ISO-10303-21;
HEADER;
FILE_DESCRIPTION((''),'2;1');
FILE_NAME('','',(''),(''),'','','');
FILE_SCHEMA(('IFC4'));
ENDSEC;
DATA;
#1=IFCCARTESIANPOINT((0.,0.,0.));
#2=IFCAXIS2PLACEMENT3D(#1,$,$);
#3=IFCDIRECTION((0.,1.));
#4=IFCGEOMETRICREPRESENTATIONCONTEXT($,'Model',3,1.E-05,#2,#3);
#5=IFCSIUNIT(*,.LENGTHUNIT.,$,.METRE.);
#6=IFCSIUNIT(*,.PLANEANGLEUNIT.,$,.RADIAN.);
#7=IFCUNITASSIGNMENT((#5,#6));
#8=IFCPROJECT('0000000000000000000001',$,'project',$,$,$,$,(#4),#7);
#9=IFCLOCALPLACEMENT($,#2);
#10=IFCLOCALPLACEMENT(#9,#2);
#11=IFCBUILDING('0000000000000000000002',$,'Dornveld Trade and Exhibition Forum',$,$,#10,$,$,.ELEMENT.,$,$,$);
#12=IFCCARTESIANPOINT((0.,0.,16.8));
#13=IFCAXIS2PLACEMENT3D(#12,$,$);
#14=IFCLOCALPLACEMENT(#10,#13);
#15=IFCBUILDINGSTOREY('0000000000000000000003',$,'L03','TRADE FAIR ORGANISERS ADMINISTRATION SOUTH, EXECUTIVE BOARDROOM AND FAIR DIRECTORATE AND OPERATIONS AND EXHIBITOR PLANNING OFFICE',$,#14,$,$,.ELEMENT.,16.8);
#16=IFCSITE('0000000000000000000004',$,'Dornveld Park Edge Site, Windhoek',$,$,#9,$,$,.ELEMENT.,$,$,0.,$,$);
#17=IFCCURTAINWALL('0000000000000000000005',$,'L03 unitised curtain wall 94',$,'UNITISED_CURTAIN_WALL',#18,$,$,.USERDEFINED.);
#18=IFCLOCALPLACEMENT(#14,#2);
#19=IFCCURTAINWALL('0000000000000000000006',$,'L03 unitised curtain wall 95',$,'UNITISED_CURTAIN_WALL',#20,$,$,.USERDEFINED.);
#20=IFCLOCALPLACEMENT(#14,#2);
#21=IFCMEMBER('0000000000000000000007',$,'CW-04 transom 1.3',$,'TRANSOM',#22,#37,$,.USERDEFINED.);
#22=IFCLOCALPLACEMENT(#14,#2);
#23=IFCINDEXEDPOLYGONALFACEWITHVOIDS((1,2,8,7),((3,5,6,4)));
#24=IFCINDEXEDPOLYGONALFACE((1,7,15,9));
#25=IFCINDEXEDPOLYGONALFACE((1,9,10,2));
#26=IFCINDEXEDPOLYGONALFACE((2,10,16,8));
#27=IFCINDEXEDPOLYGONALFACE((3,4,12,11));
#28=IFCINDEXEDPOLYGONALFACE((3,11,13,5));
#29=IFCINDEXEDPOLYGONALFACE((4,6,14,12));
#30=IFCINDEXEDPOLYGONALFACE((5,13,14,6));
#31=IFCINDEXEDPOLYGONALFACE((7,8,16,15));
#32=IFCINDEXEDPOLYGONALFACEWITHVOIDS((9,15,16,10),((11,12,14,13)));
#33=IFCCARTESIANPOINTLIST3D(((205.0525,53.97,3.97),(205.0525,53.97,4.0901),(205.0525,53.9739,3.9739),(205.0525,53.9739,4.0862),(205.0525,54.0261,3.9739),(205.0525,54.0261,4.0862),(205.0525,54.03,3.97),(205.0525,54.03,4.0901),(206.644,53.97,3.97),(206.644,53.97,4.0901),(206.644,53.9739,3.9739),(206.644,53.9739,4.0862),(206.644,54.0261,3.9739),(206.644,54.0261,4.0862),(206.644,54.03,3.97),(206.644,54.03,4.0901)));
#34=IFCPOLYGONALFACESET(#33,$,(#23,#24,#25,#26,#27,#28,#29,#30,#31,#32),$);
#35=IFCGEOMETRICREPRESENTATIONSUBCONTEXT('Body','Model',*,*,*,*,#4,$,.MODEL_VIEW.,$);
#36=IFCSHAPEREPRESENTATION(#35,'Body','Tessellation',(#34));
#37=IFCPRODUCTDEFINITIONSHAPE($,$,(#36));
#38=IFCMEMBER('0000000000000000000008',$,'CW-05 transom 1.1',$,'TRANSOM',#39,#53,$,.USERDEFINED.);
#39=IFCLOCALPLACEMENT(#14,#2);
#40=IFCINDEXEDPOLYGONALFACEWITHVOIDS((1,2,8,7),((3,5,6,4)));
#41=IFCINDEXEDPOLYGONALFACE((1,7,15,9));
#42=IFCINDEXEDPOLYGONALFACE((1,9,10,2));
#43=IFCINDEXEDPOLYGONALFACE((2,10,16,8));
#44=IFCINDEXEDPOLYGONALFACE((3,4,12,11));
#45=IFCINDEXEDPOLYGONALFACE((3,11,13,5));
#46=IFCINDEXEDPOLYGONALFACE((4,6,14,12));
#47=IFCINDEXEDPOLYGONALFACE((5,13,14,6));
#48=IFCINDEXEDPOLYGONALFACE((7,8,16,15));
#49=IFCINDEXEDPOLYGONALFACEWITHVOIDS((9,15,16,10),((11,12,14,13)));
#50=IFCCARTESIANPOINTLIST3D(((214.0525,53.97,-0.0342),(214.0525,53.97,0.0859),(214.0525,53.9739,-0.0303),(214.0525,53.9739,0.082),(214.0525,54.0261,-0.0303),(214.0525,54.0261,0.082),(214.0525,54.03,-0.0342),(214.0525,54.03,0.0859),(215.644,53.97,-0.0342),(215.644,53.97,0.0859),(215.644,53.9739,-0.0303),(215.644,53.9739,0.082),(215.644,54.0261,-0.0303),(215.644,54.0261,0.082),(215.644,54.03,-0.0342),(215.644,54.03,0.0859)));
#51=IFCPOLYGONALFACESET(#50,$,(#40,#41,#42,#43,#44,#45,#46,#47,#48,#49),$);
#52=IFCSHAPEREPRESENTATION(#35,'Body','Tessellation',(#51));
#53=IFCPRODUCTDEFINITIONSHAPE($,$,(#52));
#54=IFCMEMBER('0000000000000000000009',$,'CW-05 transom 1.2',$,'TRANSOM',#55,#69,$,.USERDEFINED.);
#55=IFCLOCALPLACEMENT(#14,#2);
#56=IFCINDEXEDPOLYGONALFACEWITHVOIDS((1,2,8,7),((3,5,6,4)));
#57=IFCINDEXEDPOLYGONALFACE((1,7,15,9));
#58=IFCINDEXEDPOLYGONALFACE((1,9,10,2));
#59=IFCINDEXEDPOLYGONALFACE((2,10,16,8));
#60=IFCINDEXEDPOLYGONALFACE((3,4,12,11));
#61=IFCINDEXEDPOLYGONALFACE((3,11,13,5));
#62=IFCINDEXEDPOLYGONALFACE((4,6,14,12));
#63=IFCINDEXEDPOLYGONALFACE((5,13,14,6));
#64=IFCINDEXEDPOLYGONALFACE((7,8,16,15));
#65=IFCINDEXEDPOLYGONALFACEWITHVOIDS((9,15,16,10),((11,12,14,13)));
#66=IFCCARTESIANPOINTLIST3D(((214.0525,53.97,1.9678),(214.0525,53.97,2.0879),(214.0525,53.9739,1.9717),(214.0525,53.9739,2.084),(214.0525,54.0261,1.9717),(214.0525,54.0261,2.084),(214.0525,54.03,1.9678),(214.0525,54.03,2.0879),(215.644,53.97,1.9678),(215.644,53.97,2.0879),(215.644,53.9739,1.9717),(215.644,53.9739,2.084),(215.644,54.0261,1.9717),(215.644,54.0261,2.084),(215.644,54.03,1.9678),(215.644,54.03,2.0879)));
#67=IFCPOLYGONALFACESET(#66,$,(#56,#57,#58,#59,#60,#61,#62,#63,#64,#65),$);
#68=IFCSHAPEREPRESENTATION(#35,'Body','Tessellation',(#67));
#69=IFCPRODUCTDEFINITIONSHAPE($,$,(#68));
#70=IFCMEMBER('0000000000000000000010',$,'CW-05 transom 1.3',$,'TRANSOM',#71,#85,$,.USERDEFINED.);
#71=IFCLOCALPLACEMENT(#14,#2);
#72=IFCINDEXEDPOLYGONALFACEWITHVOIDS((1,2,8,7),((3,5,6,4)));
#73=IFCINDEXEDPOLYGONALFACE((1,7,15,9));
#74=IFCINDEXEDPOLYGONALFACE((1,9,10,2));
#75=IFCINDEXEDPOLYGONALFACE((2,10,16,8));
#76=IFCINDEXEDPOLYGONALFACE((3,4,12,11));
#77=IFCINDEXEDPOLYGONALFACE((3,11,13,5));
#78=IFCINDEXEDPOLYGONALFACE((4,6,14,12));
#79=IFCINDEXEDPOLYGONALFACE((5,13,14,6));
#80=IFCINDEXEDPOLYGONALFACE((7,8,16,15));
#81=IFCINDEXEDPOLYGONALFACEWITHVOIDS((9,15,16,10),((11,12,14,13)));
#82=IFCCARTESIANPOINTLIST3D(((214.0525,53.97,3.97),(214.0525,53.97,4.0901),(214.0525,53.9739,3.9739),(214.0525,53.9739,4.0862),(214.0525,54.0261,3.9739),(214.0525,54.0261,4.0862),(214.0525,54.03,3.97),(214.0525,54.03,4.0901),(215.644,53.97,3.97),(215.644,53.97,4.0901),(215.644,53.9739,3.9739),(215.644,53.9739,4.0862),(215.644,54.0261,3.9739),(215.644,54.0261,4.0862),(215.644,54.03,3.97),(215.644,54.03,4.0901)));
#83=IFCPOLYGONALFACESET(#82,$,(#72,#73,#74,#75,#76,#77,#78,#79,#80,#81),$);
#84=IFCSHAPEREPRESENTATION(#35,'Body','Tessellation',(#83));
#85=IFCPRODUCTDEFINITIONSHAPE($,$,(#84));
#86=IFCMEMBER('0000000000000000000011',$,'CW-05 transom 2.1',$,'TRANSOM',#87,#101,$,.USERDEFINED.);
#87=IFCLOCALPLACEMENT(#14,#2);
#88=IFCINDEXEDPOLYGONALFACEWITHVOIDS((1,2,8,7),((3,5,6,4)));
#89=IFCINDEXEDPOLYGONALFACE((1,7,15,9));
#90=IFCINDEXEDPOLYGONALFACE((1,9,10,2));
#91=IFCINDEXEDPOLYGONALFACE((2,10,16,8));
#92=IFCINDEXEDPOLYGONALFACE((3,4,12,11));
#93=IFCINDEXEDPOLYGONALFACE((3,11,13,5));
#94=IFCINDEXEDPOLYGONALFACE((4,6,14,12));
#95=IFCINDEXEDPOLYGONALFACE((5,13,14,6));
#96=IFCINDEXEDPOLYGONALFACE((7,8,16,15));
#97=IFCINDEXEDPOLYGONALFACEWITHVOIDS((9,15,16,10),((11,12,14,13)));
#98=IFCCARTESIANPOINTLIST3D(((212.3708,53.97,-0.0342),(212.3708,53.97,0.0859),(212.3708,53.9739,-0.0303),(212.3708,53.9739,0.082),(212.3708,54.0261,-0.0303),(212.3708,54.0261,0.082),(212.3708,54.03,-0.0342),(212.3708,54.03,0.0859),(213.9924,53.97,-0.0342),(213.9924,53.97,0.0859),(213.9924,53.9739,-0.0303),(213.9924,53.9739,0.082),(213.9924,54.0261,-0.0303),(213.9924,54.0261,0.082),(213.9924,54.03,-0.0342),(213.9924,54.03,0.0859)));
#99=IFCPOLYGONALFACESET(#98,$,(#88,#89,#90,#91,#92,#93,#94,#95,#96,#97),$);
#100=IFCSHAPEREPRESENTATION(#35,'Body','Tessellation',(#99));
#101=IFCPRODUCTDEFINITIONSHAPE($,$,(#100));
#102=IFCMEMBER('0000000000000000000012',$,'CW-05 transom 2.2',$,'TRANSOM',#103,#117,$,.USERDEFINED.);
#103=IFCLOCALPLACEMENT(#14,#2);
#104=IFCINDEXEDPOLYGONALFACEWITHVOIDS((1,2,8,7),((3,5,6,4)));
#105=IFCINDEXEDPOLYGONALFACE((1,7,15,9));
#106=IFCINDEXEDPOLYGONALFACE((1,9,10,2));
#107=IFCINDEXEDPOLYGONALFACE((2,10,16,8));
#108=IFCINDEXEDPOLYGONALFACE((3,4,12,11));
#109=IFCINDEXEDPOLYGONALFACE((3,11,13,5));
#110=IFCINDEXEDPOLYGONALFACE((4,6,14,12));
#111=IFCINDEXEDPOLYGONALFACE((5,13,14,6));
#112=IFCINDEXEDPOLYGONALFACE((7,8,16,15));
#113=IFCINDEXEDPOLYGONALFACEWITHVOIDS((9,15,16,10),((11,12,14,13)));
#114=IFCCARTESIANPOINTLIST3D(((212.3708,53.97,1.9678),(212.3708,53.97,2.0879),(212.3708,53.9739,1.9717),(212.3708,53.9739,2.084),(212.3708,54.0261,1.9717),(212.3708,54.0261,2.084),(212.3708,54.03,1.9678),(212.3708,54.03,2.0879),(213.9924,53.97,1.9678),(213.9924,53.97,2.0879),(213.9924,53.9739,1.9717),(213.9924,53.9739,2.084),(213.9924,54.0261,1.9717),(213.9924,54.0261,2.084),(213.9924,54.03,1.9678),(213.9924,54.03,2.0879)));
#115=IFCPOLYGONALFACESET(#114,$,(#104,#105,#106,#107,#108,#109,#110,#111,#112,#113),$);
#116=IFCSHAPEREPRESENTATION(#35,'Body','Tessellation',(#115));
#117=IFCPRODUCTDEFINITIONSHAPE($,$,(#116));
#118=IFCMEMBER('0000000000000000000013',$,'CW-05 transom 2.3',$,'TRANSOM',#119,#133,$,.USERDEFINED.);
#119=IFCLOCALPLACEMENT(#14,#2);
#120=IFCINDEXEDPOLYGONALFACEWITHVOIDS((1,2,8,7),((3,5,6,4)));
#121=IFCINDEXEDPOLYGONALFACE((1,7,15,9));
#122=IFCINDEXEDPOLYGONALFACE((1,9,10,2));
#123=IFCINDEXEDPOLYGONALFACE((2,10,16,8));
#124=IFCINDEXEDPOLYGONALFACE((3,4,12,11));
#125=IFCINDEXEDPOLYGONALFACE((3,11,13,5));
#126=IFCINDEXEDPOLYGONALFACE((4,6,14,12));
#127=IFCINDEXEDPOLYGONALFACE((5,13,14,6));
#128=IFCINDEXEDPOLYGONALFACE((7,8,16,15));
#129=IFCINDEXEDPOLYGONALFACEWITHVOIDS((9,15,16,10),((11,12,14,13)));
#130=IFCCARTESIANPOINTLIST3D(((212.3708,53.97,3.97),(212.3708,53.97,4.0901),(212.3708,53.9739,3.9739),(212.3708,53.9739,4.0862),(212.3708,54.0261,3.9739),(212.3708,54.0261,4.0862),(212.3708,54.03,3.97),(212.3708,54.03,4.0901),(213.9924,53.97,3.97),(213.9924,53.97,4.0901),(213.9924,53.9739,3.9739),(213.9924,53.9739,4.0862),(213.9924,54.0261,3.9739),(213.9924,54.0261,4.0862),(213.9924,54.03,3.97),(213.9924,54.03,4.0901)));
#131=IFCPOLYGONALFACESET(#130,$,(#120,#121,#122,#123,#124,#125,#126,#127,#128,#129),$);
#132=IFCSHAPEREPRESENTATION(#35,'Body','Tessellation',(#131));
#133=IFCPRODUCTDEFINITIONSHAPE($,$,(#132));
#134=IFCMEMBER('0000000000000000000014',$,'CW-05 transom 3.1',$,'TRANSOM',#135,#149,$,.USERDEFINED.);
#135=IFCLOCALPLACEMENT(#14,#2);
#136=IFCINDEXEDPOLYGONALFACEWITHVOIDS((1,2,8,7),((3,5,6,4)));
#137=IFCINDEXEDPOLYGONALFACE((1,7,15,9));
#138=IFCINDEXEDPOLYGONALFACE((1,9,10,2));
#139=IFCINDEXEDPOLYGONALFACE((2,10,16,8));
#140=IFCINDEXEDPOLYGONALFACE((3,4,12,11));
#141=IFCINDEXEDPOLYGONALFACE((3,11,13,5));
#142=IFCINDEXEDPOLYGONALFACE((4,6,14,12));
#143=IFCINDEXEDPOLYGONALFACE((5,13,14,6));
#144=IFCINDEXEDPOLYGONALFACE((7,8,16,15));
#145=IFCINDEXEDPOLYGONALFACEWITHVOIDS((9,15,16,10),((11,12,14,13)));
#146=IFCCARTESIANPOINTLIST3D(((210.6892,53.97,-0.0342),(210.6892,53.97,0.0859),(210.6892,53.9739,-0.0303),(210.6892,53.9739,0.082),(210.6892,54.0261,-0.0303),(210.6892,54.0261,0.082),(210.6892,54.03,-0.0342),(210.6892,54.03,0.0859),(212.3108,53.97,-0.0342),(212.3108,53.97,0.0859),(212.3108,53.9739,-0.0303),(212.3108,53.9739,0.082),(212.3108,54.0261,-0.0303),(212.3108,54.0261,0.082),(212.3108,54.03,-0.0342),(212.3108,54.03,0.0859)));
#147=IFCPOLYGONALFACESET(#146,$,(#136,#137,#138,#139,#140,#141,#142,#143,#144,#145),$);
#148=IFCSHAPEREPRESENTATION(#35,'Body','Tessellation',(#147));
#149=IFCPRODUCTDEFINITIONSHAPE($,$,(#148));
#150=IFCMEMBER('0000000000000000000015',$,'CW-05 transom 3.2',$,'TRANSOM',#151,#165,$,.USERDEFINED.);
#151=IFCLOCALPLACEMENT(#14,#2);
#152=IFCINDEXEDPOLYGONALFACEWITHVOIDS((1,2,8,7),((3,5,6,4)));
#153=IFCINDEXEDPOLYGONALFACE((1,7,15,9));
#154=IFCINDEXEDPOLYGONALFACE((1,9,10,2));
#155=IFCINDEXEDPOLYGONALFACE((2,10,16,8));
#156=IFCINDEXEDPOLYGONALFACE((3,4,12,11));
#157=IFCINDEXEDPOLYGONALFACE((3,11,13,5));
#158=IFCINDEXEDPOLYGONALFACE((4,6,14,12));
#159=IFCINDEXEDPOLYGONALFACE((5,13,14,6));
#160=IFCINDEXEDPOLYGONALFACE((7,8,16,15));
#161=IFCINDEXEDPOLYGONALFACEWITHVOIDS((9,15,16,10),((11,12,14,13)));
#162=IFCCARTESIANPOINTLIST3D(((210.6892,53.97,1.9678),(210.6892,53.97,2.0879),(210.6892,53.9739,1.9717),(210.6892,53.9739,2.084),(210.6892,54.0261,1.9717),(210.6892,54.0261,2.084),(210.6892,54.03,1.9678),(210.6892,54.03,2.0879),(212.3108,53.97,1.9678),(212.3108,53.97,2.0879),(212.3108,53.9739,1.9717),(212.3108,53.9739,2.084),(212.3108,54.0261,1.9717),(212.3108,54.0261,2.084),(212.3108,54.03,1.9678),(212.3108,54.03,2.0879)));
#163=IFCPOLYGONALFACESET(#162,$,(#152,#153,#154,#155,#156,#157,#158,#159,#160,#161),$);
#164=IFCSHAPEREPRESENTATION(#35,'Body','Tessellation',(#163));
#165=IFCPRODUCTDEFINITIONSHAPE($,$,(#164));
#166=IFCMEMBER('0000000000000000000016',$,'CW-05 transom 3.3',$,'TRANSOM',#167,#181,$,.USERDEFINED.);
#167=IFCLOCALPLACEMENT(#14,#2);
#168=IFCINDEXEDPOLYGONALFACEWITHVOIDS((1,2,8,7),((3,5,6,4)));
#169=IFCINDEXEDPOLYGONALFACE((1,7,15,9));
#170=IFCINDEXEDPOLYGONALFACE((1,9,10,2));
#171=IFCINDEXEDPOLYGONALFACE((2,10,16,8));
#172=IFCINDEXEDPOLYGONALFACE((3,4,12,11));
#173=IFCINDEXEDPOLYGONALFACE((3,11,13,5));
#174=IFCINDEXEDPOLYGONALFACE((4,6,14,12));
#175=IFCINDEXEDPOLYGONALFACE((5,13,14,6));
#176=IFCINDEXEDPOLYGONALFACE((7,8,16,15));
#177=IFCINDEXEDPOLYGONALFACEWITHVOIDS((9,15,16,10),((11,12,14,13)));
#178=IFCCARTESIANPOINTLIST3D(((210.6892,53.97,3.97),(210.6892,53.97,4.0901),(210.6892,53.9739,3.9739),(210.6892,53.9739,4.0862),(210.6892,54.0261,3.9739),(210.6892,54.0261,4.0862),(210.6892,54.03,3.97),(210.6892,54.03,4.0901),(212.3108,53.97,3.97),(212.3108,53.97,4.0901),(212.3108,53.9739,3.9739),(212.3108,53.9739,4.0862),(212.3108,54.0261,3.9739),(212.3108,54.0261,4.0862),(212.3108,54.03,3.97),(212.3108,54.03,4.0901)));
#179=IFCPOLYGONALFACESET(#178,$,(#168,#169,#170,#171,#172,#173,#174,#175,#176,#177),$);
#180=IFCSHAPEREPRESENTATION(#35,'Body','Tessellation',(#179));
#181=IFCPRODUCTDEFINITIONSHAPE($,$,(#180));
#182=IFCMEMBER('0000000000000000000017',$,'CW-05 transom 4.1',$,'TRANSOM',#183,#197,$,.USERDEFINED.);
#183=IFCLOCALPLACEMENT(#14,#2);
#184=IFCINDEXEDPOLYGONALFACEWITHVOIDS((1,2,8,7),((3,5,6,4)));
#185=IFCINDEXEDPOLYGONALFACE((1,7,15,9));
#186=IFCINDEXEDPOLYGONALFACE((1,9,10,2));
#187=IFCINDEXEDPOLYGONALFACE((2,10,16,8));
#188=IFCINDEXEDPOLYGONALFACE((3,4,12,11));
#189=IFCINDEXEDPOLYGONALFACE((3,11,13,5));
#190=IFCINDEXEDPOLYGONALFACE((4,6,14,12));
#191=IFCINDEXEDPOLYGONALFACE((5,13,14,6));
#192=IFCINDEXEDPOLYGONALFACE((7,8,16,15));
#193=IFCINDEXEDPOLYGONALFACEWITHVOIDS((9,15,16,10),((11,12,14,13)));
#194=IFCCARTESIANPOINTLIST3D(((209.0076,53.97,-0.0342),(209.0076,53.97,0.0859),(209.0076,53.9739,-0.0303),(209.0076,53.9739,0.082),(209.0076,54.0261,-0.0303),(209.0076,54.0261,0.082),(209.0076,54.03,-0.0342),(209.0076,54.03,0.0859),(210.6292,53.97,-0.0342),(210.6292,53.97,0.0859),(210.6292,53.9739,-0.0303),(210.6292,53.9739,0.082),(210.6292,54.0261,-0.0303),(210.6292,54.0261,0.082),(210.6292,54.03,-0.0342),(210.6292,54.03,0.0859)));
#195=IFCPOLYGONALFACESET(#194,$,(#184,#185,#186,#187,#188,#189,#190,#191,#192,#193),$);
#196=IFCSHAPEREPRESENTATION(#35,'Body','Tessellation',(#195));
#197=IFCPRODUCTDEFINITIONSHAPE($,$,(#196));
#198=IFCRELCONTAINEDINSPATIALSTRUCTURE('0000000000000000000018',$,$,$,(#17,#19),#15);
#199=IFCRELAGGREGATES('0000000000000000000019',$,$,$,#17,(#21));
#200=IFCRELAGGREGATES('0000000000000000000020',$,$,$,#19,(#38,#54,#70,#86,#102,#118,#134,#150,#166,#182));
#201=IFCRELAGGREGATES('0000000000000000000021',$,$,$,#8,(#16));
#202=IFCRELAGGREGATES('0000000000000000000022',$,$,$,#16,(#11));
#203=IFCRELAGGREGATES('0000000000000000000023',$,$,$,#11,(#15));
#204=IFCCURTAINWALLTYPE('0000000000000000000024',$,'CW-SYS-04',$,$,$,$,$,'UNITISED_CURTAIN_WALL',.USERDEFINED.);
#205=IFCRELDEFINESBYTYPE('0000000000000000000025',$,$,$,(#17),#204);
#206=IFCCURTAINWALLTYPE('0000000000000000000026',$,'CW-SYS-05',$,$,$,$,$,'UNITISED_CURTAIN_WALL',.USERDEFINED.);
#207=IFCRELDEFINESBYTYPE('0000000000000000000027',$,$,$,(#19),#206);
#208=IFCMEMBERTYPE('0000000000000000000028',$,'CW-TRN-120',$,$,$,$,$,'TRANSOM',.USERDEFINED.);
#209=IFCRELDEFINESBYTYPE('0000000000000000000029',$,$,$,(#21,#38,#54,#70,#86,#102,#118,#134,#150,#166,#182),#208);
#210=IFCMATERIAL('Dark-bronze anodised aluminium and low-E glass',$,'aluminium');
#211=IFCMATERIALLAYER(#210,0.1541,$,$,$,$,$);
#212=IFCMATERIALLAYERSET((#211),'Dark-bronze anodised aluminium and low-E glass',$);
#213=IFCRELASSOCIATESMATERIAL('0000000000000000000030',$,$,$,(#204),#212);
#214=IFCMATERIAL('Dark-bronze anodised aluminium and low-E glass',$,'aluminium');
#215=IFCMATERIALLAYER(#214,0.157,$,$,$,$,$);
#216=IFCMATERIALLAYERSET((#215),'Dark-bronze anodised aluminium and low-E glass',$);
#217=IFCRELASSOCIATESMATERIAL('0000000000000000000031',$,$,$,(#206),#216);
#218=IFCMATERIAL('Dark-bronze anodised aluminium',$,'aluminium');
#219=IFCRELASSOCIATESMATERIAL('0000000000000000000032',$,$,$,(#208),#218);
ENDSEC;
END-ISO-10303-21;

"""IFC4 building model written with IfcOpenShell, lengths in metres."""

from ifc_helpers import new_model, si_unit, direction, frame, origin, origin_2d, place, context, subcontext, project, spatial, hollow_rectangle, extrude, material, layer, layer_set, material_profile, profile_set, type_object, element, aggregate, save


model = new_model("IFC4")

# Units and contexts
model_context = context("Model", 3, precision=1e-05, world=origin(), true_north=direction((0.0, 1.0)))
body_context = subcontext(model_context, "Body", "Model", "MODEL_VIEW")
ifc_project = project(units=[si_unit("LENGTHUNIT", "METRE"), si_unit("PLANEANGLEUNIT", "RADIAN")], contexts=[model_context])

# Site, building, storey
site_placement = place(None, origin())
site = spatial("IfcSite", under=ifc_project, at=site_placement, Name="Dornveld Park Edge Site, Windhoek", CompositionType="ELEMENT", RefElevation=0.0)
building_placement = place(site_placement, origin())
building = spatial("IfcBuilding", under=site, at=building_placement, Name="Dornveld Trade and Exhibition Forum", CompositionType="ELEMENT")
storey_placement = place(building_placement, frame((0.0, 0.0, 16.8)))
storey = spatial("IfcBuildingStorey", under=building, at=storey_placement, Name="L03", Description="TRADE FAIR ORGANISERS ADMINISTRATION SOUTH, EXECUTIVE BOARDROOM AND FAIR DIRECTORATE AND OPERATIONS AND EXHIBITOR PLANNING OFFICE", CompositionType="ELEMENT", Elevation=16.8)

# Curtain wall
ifc_material_1 = material(Name="Dark-bronze anodised aluminium and low-E glass", Category="aluminium")
ifc_layer_1 = layer(ifc_material_1, 0.1541)
ifc_layer_set_1 = layer_set([ifc_layer_1], Name="Dark-bronze anodised aluminium and low-E glass")
curtain_wall_type_1 = type_object("IfcCurtainWallType", Name="CW-SYS-04", ElementType="UNITISED_CURTAIN_WALL", PredefinedType="USERDEFINED", material=ifc_layer_set_1)
curtain_wall_1_placement = place(storey_placement, origin())
curtain_wall_1 = element("IfcCurtainWall", 1, at=curtain_wall_1_placement, inside=storey, type_object=curtain_wall_type_1, Name="L03 unitised curtain wall 94", ObjectType="UNITISED_CURTAIN_WALL", PredefinedType="USERDEFINED")

# Curtain wall
ifc_material_2 = material(Name="Dark-bronze anodised aluminium and low-E glass", Category="aluminium")
ifc_layer_2 = layer(ifc_material_2, 0.157)
ifc_layer_set_2 = layer_set([ifc_layer_2], Name="Dark-bronze anodised aluminium and low-E glass")
curtain_wall_type_2 = type_object("IfcCurtainWallType", Name="CW-SYS-05", ElementType="UNITISED_CURTAIN_WALL", PredefinedType="USERDEFINED", material=ifc_layer_set_2)
curtain_wall_2_placement = place(storey_placement, origin())
curtain_wall_2 = element("IfcCurtainWall", 2, at=curtain_wall_2_placement, inside=storey, type_object=curtain_wall_type_2, Name="L03 unitised curtain wall 95", ObjectType="UNITISED_CURTAIN_WALL", PredefinedType="USERDEFINED")

# Members
ifc_material_3 = material(Name="Dark-bronze anodised aluminium", Category="aluminium")
ifc_material_profile_1 = material_profile(ifc_material_3, hollow_rectangle(XDim=0.0601, YDim=0.1201, WallThickness=0.0039, at=origin_2d()), Name="RHS 120x60x4")
ifc_profile_set_1 = profile_set([ifc_material_profile_1], Name="Dark-bronze anodised aluminium")
member_type_1 = type_object("IfcMemberType", Name="CW-TRN-120", ElementType="TRANSOM", PredefinedType="USERDEFINED", material=ifc_profile_set_1)
member_1_placement = place(storey_placement, frame((206.644, 54.0, 4.03), z_axis=(-1.0, 0.0, 0.0), x_axis=(0.0, -1.0, 0.0)))
member_1 = element("IfcMember", 3, at=member_1_placement, type_object=member_type_1, Name="CW-04 transom 1.3", ObjectType="TRANSOM", PredefinedType="USERDEFINED", context=body_context, shape_type="SweptSolid", body=[
    extrude(hollow_rectangle(XDim=0.0601, YDim=0.1201, WallThickness=0.0039, at=origin_2d()), origin(), (0.0, 0.0, 1.0), 1.5916),
])
aggregate(curtain_wall_1, [member_1])
member_2_placement = place(storey_placement, frame((215.644, 54.0, 0.0259), z_axis=(-1.0, 0.0, 0.0), x_axis=(0.0, -1.0, 0.0)))
member_2 = element("IfcMember", 4, at=member_2_placement, type_object=member_type_1, Name="CW-05 transom 1.1", ObjectType="TRANSOM", PredefinedType="USERDEFINED", context=body_context, shape_type="SweptSolid", body=[
    extrude(hollow_rectangle(XDim=0.0601, YDim=0.1201, WallThickness=0.0039, at=origin_2d()), origin(), (0.0, 0.0, 1.0), 1.5916),
])
member_3_placement = place(storey_placement, frame((215.644, 54.0, 2.0278), z_axis=(-1.0, 0.0, 0.0), x_axis=(0.0, -1.0, 0.0)))
member_3 = element("IfcMember", 5, at=member_3_placement, type_object=member_type_1, Name="CW-05 transom 1.2", ObjectType="TRANSOM", PredefinedType="USERDEFINED", context=body_context, shape_type="SweptSolid", body=[
    extrude(hollow_rectangle(XDim=0.0601, YDim=0.1201, WallThickness=0.0039, at=origin_2d()), origin(), (0.0, 0.0, 1.0), 1.5916),
])
member_4_placement = place(storey_placement, frame((215.644, 54.0, 4.03), z_axis=(-1.0, 0.0, 0.0), x_axis=(0.0, -1.0, 0.0)))
member_4 = element("IfcMember", 6, at=member_4_placement, type_object=member_type_1, Name="CW-05 transom 1.3", ObjectType="TRANSOM", PredefinedType="USERDEFINED", context=body_context, shape_type="SweptSolid", body=[
    extrude(hollow_rectangle(XDim=0.0601, YDim=0.1201, WallThickness=0.0039, at=origin_2d()), origin(), (0.0, 0.0, 1.0), 1.5916),
])
member_5_placement = place(storey_placement, frame((213.9924, 54.0, 0.0259), z_axis=(-1.0, 0.0, 0.0), x_axis=(0.0, -1.0, 0.0)))
member_5 = element("IfcMember", 7, at=member_5_placement, type_object=member_type_1, Name="CW-05 transom 2.1", ObjectType="TRANSOM", PredefinedType="USERDEFINED", context=body_context, shape_type="SweptSolid", body=[
    extrude(hollow_rectangle(XDim=0.0601, YDim=0.1201, WallThickness=0.0039, at=origin_2d()), origin(), (0.0, 0.0, 1.0), 1.6216),
])
member_6_placement = place(storey_placement, frame((213.9924, 54.0, 2.0278), z_axis=(-1.0, 0.0, 0.0), x_axis=(0.0, -1.0, 0.0)))
member_6 = element("IfcMember", 8, at=member_6_placement, type_object=member_type_1, Name="CW-05 transom 2.2", ObjectType="TRANSOM", PredefinedType="USERDEFINED", context=body_context, shape_type="SweptSolid", body=[
    extrude(hollow_rectangle(XDim=0.0601, YDim=0.1201, WallThickness=0.0039, at=origin_2d()), origin(), (0.0, 0.0, 1.0), 1.6216),
])
member_7_placement = place(storey_placement, frame((213.9924, 54.0, 4.03), z_axis=(-1.0, 0.0, 0.0), x_axis=(0.0, -1.0, 0.0)))
member_7 = element("IfcMember", 9, at=member_7_placement, type_object=member_type_1, Name="CW-05 transom 2.3", ObjectType="TRANSOM", PredefinedType="USERDEFINED", context=body_context, shape_type="SweptSolid", body=[
    extrude(hollow_rectangle(XDim=0.0601, YDim=0.1201, WallThickness=0.0039, at=origin_2d()), origin(), (0.0, 0.0, 1.0), 1.6216),
])
member_8_placement = place(storey_placement, frame((212.3108, 54.0, 0.0259), z_axis=(-1.0, 0.0, 0.0), x_axis=(0.0, -1.0, 0.0)))
member_8 = element("IfcMember", 10, at=member_8_placement, type_object=member_type_1, Name="CW-05 transom 3.1", ObjectType="TRANSOM", PredefinedType="USERDEFINED", context=body_context, shape_type="SweptSolid", body=[
    extrude(hollow_rectangle(XDim=0.0601, YDim=0.1201, WallThickness=0.0039, at=origin_2d()), origin(), (0.0, 0.0, 1.0), 1.6216),
])
member_9_placement = place(storey_placement, frame((212.3108, 54.0, 2.0278), z_axis=(-1.0, 0.0, 0.0), x_axis=(0.0, -1.0, 0.0)))
member_9 = element("IfcMember", 11, at=member_9_placement, type_object=member_type_1, Name="CW-05 transom 3.2", ObjectType="TRANSOM", PredefinedType="USERDEFINED", context=body_context, shape_type="SweptSolid", body=[
    extrude(hollow_rectangle(XDim=0.0601, YDim=0.1201, WallThickness=0.0039, at=origin_2d()), origin(), (0.0, 0.0, 1.0), 1.6216),
])
member_10_placement = place(storey_placement, frame((212.3108, 54.0, 4.03), z_axis=(-1.0, 0.0, 0.0), x_axis=(0.0, -1.0, 0.0)))
member_10 = element("IfcMember", 12, at=member_10_placement, type_object=member_type_1, Name="CW-05 transom 3.3", ObjectType="TRANSOM", PredefinedType="USERDEFINED", context=body_context, shape_type="SweptSolid", body=[
    extrude(hollow_rectangle(XDim=0.0601, YDim=0.1201, WallThickness=0.0039, at=origin_2d()), origin(), (0.0, 0.0, 1.0), 1.6216),
])
member_11_placement = place(storey_placement, frame((210.6292, 54.0, 0.0259), z_axis=(-1.0, 0.0, 0.0), x_axis=(0.0, -1.0, 0.0)))
member_11 = element("IfcMember", 13, at=member_11_placement, type_object=member_type_1, Name="CW-05 transom 4.1", ObjectType="TRANSOM", PredefinedType="USERDEFINED", context=body_context, shape_type="SweptSolid", body=[
    extrude(hollow_rectangle(XDim=0.0601, YDim=0.1201, WallThickness=0.0039, at=origin_2d()), origin(), (0.0, 0.0, 1.0), 1.6216),
])

aggregate(curtain_wall_2, [member_2, member_3, member_4, member_5, member_6, member_7, member_8, member_9, member_10, member_11])

save(model, "model.ifc")
